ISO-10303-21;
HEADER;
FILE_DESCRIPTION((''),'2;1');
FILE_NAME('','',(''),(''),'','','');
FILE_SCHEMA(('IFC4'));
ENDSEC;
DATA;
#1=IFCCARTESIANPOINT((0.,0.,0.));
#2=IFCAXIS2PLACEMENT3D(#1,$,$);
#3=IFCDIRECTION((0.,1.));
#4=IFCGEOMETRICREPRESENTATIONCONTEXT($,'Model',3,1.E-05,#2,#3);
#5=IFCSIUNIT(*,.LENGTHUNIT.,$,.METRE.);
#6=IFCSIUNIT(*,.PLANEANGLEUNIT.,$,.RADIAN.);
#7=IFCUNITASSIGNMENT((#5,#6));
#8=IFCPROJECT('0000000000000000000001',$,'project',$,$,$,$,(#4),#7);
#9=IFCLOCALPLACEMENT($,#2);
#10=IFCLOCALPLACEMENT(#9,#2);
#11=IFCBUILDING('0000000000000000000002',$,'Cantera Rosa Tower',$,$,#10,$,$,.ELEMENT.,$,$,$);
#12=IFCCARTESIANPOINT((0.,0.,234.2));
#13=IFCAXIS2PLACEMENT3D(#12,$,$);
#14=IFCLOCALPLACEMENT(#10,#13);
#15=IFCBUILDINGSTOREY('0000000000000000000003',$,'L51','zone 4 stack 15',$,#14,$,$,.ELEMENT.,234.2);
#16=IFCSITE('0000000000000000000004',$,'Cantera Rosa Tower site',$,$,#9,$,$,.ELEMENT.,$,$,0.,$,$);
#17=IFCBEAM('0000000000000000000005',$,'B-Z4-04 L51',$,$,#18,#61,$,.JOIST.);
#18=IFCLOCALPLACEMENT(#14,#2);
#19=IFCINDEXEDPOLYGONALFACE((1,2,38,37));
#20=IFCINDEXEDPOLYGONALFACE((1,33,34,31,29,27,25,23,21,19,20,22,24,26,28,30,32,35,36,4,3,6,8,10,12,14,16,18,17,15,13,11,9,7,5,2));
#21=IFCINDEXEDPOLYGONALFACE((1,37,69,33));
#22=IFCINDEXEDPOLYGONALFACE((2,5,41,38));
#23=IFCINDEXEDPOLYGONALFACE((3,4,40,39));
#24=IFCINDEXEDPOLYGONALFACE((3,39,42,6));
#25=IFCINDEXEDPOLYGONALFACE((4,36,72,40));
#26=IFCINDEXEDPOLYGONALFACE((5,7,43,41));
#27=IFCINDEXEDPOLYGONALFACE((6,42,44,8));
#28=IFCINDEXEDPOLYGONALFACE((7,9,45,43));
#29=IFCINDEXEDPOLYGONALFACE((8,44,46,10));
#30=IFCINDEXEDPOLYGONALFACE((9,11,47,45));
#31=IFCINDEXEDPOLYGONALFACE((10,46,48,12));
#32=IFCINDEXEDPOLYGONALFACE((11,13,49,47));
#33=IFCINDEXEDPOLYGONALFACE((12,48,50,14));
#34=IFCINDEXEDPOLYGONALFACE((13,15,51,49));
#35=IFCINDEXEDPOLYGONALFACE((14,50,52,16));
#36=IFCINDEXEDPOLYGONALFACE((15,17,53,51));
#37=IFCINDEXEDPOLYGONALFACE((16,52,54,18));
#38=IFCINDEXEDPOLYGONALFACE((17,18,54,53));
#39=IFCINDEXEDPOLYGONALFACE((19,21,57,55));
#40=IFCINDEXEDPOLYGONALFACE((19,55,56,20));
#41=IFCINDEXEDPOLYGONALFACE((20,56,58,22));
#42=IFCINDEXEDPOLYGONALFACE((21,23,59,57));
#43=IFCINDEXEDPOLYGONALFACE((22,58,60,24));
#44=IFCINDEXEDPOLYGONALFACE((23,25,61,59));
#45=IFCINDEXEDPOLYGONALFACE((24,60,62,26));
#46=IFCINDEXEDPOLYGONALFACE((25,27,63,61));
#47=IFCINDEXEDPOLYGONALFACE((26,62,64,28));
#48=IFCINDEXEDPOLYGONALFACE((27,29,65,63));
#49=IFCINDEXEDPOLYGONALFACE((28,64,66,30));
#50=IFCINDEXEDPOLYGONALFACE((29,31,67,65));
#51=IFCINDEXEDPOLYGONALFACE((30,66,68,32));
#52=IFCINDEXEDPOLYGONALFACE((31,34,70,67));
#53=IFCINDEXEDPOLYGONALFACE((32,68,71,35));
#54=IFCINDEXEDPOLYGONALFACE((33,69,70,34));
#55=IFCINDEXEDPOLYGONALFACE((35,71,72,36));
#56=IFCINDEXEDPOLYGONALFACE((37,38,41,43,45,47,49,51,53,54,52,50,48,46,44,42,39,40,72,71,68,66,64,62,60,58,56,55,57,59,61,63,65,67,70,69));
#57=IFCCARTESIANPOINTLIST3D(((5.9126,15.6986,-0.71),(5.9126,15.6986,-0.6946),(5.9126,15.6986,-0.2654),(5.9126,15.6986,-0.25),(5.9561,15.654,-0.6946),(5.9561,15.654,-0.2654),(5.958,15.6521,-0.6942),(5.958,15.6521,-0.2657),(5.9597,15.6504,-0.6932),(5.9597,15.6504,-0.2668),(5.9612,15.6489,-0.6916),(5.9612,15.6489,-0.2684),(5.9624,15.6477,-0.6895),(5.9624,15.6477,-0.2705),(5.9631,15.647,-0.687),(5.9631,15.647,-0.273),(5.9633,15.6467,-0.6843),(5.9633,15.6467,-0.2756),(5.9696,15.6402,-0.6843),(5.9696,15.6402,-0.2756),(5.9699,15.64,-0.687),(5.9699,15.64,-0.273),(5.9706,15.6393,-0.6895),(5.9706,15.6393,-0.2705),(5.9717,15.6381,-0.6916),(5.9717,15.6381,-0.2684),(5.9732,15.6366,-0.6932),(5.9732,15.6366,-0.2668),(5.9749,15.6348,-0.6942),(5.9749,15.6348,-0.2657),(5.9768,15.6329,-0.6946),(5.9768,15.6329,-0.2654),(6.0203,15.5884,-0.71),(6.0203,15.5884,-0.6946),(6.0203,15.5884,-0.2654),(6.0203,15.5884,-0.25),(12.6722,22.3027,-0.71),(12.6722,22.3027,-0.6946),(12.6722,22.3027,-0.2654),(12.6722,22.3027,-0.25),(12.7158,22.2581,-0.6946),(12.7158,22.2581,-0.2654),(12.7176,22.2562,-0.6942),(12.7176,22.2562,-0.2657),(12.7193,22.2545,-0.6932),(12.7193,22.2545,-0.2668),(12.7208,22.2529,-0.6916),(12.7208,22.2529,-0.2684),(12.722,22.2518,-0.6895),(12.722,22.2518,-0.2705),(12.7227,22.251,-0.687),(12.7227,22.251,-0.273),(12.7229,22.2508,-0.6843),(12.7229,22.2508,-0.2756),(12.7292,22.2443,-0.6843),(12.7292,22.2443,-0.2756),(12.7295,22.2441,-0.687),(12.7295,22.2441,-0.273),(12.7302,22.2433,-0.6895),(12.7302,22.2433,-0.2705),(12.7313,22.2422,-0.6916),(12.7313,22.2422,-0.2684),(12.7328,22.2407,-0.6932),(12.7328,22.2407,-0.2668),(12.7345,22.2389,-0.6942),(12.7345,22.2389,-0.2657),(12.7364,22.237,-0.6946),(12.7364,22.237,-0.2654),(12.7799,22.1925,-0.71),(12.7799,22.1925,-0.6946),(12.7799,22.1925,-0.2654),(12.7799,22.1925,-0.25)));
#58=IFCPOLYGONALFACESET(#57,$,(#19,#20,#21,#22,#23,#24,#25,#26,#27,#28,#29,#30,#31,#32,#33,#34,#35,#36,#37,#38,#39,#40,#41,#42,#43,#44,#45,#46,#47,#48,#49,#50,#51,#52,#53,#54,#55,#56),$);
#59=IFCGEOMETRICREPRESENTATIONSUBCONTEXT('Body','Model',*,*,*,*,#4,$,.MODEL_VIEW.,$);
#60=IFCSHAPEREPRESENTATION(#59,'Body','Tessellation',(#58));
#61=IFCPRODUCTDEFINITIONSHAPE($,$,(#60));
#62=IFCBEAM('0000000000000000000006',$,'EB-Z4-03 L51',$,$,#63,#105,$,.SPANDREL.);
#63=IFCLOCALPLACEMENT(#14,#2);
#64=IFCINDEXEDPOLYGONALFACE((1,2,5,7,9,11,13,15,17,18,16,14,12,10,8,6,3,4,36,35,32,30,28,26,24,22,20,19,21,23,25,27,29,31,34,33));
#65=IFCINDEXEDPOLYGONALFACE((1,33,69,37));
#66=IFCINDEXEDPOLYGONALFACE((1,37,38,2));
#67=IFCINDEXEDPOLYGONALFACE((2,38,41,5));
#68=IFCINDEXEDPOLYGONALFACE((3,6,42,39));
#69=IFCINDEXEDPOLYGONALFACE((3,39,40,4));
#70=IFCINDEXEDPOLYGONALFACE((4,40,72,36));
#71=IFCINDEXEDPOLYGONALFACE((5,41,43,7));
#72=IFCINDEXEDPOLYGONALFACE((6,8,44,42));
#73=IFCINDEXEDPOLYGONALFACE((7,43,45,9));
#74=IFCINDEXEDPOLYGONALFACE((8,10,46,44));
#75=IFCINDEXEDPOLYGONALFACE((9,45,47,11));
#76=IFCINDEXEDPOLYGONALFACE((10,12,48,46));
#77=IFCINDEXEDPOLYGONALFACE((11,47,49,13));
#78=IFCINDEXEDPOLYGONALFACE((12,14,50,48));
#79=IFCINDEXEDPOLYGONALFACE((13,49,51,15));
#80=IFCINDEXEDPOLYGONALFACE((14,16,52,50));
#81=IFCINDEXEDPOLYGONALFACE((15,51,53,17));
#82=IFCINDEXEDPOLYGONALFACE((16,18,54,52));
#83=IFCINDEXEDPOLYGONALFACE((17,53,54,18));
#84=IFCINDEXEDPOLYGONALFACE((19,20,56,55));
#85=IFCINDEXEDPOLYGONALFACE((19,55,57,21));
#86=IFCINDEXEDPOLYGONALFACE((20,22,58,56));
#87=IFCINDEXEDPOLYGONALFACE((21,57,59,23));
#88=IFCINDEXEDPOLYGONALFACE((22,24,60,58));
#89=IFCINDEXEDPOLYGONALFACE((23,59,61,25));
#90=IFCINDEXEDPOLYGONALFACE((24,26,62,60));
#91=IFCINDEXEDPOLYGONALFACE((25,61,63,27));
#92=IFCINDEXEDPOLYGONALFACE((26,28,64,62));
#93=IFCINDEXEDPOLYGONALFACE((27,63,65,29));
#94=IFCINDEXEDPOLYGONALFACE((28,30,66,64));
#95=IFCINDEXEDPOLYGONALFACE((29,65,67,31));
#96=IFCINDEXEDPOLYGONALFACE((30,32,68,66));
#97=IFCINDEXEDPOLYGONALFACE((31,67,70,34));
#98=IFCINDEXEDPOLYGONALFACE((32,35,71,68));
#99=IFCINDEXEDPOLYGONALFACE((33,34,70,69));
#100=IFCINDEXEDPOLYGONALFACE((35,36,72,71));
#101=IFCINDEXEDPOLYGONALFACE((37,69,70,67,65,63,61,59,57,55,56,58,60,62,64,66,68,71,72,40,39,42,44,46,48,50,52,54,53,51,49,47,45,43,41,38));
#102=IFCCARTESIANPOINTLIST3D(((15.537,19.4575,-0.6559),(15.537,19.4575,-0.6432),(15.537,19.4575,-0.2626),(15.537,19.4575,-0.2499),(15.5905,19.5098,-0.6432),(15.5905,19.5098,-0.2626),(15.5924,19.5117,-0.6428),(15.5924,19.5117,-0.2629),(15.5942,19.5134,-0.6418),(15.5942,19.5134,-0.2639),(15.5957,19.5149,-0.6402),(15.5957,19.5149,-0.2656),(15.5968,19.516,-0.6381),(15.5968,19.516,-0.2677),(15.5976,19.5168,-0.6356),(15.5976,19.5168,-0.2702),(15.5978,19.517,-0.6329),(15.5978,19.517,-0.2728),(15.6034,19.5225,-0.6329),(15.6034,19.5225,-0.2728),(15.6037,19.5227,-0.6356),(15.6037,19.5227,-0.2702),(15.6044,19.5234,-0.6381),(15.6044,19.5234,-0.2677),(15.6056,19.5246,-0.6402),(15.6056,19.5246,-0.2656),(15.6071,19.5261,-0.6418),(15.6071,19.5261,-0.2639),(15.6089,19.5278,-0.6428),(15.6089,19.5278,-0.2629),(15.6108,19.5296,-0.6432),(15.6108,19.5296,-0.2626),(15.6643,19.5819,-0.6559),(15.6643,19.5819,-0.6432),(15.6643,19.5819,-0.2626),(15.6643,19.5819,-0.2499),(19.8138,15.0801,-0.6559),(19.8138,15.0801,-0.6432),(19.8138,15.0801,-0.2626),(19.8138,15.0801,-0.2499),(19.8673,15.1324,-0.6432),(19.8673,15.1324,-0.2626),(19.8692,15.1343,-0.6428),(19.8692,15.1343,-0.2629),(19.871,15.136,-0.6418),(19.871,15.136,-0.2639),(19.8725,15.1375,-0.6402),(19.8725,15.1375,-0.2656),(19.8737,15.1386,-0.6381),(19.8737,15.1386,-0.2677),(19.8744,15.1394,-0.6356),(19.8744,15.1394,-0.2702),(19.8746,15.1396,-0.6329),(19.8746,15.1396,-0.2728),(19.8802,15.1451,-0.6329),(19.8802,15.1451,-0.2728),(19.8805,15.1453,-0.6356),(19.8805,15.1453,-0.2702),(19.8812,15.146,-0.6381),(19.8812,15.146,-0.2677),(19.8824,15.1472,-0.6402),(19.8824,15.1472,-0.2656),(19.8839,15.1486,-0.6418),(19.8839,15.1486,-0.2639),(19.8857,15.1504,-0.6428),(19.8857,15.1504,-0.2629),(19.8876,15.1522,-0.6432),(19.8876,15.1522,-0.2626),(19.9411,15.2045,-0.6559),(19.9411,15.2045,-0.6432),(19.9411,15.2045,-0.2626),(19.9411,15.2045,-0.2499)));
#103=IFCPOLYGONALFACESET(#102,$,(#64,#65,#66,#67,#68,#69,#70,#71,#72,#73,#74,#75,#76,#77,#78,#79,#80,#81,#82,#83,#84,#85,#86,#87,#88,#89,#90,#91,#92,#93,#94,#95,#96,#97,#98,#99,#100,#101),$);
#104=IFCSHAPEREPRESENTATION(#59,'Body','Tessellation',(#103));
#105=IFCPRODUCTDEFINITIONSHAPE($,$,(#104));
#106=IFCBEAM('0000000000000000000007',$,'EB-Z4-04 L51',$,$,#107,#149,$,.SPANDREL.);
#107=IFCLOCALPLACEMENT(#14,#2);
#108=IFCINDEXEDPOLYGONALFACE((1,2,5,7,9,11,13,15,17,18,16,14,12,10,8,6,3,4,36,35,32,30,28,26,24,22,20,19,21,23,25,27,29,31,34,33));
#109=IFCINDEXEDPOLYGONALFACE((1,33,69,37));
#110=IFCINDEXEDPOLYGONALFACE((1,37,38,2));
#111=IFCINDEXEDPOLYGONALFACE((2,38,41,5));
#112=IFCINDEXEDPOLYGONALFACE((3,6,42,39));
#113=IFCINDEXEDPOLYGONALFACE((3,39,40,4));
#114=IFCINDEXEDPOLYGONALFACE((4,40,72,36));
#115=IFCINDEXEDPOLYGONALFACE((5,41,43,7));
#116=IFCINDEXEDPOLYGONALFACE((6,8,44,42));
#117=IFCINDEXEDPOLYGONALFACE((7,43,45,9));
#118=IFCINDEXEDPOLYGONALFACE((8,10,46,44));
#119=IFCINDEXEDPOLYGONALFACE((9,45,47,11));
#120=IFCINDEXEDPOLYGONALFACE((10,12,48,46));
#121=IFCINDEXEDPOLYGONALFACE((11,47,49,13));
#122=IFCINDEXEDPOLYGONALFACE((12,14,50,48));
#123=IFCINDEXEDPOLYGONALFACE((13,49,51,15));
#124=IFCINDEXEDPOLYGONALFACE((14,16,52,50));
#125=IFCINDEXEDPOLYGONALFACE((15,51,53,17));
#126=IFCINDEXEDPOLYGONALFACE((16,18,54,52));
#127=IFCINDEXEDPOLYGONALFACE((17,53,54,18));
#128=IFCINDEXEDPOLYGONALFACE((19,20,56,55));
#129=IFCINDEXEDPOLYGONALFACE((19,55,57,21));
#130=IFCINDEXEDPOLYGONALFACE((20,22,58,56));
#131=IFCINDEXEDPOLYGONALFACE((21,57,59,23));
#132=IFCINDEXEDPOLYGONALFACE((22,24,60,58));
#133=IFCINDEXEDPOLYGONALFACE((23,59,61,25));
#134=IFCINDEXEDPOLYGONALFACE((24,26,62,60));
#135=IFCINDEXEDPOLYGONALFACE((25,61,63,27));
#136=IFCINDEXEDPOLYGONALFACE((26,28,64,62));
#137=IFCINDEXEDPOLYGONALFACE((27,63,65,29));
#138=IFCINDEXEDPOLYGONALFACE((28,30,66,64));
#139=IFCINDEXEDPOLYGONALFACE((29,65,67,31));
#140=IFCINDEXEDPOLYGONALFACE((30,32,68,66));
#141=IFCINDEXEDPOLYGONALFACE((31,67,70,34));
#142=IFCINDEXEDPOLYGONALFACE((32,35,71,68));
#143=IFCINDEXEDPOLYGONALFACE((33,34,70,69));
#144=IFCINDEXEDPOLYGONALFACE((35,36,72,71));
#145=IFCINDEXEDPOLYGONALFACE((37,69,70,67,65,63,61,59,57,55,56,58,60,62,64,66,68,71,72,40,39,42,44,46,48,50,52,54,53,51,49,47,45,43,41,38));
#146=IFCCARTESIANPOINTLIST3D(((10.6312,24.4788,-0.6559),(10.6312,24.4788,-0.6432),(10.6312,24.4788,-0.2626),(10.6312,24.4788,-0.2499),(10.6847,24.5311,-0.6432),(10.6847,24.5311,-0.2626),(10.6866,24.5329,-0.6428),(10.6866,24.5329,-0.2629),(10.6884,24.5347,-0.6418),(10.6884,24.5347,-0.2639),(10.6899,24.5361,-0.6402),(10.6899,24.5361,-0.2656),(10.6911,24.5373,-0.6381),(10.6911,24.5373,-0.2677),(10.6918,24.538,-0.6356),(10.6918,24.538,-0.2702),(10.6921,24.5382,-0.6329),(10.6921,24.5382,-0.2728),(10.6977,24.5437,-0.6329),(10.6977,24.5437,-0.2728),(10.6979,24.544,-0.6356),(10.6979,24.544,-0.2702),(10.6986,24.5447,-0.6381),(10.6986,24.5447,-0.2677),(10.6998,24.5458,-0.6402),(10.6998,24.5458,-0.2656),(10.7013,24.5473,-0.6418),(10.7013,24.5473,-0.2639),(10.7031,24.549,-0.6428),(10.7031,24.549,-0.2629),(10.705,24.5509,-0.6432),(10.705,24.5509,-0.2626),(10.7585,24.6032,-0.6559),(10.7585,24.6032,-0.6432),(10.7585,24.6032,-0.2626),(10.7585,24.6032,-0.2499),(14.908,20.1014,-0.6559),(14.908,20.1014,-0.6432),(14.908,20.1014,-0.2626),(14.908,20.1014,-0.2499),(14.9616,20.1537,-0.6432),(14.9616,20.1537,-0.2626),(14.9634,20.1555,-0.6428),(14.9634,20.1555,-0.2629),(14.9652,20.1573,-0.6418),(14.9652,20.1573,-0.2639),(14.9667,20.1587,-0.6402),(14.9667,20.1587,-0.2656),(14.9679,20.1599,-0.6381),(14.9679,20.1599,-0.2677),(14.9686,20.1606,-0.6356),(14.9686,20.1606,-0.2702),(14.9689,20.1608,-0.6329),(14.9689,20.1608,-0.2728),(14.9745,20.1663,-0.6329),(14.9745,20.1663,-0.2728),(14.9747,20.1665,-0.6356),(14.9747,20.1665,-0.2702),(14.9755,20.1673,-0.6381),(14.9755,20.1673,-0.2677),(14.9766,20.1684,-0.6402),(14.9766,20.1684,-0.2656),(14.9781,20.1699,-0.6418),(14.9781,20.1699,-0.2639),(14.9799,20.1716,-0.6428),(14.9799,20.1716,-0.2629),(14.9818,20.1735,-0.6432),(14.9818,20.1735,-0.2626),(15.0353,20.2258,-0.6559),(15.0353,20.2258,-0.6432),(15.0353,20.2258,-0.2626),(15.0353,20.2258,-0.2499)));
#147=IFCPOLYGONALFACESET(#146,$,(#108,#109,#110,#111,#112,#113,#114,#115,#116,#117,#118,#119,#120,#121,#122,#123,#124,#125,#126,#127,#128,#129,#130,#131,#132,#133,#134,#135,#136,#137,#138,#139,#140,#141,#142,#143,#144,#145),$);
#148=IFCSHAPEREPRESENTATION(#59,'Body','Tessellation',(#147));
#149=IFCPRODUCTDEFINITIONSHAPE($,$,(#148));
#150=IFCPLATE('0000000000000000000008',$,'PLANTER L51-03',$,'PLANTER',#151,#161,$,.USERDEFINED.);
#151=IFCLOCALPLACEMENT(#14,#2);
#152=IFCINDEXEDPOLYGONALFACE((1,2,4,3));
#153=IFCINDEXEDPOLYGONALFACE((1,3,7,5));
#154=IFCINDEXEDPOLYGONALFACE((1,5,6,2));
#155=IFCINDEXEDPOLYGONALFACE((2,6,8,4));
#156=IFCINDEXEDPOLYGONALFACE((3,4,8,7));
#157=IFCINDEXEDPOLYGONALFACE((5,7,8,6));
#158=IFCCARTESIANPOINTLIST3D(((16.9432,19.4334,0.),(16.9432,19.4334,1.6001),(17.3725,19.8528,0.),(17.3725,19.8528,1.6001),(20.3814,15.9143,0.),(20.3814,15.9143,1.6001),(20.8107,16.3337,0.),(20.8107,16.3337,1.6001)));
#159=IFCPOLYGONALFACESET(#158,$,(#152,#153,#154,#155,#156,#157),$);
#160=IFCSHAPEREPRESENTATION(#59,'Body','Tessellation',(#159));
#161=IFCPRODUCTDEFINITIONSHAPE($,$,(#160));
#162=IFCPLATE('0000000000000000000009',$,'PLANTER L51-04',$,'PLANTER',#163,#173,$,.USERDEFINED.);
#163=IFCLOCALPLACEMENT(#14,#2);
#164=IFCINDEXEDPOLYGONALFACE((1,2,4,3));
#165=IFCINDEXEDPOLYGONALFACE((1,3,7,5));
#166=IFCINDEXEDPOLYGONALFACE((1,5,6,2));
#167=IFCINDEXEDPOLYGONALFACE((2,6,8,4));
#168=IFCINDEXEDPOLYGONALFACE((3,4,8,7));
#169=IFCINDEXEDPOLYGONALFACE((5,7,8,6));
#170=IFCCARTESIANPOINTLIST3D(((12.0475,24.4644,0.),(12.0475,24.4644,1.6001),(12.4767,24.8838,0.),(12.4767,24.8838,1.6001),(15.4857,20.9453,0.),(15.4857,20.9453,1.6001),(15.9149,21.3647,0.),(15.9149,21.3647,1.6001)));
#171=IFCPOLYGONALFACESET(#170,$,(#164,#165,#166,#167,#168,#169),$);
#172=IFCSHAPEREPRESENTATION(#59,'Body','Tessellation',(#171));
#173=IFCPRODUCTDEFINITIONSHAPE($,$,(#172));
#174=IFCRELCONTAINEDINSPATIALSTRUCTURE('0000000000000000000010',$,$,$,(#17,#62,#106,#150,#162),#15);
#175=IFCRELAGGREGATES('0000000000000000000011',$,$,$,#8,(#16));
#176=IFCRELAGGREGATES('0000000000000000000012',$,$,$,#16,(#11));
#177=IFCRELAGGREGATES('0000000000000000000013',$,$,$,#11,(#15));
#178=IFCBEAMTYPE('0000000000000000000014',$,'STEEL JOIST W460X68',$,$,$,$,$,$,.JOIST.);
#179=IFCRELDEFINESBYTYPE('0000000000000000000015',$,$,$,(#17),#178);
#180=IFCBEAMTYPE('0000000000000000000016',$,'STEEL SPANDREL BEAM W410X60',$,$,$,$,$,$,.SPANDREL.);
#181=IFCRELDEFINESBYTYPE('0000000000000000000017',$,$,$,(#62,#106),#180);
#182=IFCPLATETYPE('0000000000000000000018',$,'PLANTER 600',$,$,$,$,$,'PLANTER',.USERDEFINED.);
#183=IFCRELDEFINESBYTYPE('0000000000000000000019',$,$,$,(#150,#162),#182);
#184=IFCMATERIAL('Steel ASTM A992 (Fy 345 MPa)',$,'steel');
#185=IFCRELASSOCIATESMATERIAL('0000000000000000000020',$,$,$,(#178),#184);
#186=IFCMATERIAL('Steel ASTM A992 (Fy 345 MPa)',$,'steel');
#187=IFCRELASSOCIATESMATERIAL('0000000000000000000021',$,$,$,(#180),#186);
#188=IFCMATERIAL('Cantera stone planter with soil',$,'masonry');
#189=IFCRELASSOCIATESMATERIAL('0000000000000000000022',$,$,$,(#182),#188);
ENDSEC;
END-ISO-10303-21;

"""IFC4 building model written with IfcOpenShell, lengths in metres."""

from ifc_helpers import new_model, si_unit, direction, frame, origin, origin_2d, place, context, subcontext, project, spatial, rectangle, i_section, extrude, material, material_profile, profile_set, type_object, element, save


model = new_model("IFC4")

# Units and contexts
model_context = context("Model", 3, precision=1e-05, world=origin(), true_north=direction((0.0, 1.0)))
body_context = subcontext(model_context, "Body", "Model", "MODEL_VIEW")
ifc_project = project(units=[si_unit("LENGTHUNIT", "METRE"), si_unit("PLANEANGLEUNIT", "RADIAN")], contexts=[model_context])

# Site, building, storey
site_placement = place(None, origin())
site = spatial("IfcSite", under=ifc_project, at=site_placement, Name="Cantera Rosa Tower site", CompositionType="ELEMENT", RefElevation=0.0)
building_placement = place(site_placement, origin())
building = spatial("IfcBuilding", under=site, at=building_placement, Name="Cantera Rosa Tower", CompositionType="ELEMENT")
storey_placement = place(building_placement, frame((0.0, 0.0, 234.2)))
storey = spatial("IfcBuildingStorey", under=building, at=storey_placement, Name="L51", Description="zone 4 stack 15", CompositionType="ELEMENT", Elevation=234.2)

# Beams
ifc_material_1 = material(Name="Steel ASTM A992 (Fy 345 MPa)", Category="steel")
ifc_material_profile_1 = material_profile(ifc_material_1, i_section(OverallWidth=0.1541, OverallDepth=0.46, WebThickness=0.009, FlangeThickness=0.0154, FilletRadius=0.0103, at=origin_2d()), Name="W460X68")
ifc_profile_set_1 = profile_set([ifc_material_profile_1], Name="Steel ASTM A992 (Fy 345 MPa)")
beam_type_1 = type_object("IfcBeamType", Name="STEEL JOIST W460X68", PredefinedType="JOIST", material=ifc_profile_set_1)
for number, where, z_axis, x_axis, name in (
    (1, (12.7261, 22.2476, -0.48), (-0.715287, -0.698831, 0.0), (0.698831, -0.715287, 0.0), "B-Z4-04 L51"),
):
    element("IfcBeam", number, at=place(storey_placement, frame(where, z_axis=z_axis, x_axis=x_axis)), inside=storey, type_object=beam_type_1, Name=name, PredefinedType="JOIST", context=body_context, shape_type="SweptSolid", body=[
        extrude(i_section(OverallWidth=0.1541, OverallDepth=0.46, WebThickness=0.009, FlangeThickness=0.0154, FilletRadius=0.0103, at=origin_2d()), origin(), (0.0, 0.0, 1.0), 9.4502),
    ])
ifc_material_2 = material(Name="Steel ASTM A992 (Fy 345 MPa)", Category="steel")
ifc_material_profile_2 = material_profile(ifc_material_2, i_section(OverallWidth=0.178, OverallDepth=0.406, WebThickness=0.0078, FlangeThickness=0.0127, FilletRadius=0.0103, at=origin_2d()), Name="W410X60")
ifc_profile_set_2 = profile_set([ifc_material_profile_2], Name="Steel ASTM A992 (Fy 345 MPa)")
beam_type_2 = type_object("IfcBeamType", Name="STEEL SPANDREL BEAM W410X60", PredefinedType="SPANDREL", material=ifc_profile_set_2)
for number, where, z_axis, x_axis, name in (
    (2, (19.8774, 15.1423, -0.4529), (-0.698841, 0.715277, 0.0), (-0.715277, -0.698841, 0.0), "EB-Z4-03 L51"),
    (3, (14.9717, 20.1636, -0.4529), (-0.698841, 0.715277, 0.0), (-0.715277, -0.698841, 0.0), "EB-Z4-04 L51"),
):
    element("IfcBeam", number, at=place(storey_placement, frame(where, z_axis=z_axis, x_axis=x_axis)), inside=storey, type_object=beam_type_2, Name=name, PredefinedType="SPANDREL", context=body_context, shape_type="SweptSolid", body=[
        extrude(i_section(OverallWidth=0.178, OverallDepth=0.406, WebThickness=0.0078, FlangeThickness=0.0127, FilletRadius=0.0103, at=origin_2d()), origin(), (0.0, 0.0, 1.0), 6.1199),
    ])

# Plates
ifc_material_3 = material(Name="Cantera stone planter with soil", Category="masonry")
plate_type = type_object("IfcPlateType", Name="PLANTER 600", ElementType="PLANTER", PredefinedType="USERDEFINED", material=ifc_material_3)
for number, where, z_axis, x_axis, name in (
    (4, (18.877, 17.8835, 0.0), (0.0, 0.0, 1.0), (-0.698832, 0.715286, 0.0), "PLANTER L51-03"),
    (5, (13.9812, 22.9146, 0.0), (0.0, 0.0, 1.0), (-0.698832, 0.715286, 0.0), "PLANTER L51-04"),
):
    element("IfcPlate", number, at=place(storey_placement, frame(where, z_axis=z_axis, x_axis=x_axis)), inside=storey, type_object=plate_type, Name=name, ObjectType="PLANTER", PredefinedType="USERDEFINED", context=body_context, shape_type="SweptSolid", body=[
        extrude(rectangle(XDim=4.9199, YDim=0.6001, at=origin_2d()), origin(), (0.0, 0.0, 1.0), 1.6001),
    ])

save(model, "model.ifc")
